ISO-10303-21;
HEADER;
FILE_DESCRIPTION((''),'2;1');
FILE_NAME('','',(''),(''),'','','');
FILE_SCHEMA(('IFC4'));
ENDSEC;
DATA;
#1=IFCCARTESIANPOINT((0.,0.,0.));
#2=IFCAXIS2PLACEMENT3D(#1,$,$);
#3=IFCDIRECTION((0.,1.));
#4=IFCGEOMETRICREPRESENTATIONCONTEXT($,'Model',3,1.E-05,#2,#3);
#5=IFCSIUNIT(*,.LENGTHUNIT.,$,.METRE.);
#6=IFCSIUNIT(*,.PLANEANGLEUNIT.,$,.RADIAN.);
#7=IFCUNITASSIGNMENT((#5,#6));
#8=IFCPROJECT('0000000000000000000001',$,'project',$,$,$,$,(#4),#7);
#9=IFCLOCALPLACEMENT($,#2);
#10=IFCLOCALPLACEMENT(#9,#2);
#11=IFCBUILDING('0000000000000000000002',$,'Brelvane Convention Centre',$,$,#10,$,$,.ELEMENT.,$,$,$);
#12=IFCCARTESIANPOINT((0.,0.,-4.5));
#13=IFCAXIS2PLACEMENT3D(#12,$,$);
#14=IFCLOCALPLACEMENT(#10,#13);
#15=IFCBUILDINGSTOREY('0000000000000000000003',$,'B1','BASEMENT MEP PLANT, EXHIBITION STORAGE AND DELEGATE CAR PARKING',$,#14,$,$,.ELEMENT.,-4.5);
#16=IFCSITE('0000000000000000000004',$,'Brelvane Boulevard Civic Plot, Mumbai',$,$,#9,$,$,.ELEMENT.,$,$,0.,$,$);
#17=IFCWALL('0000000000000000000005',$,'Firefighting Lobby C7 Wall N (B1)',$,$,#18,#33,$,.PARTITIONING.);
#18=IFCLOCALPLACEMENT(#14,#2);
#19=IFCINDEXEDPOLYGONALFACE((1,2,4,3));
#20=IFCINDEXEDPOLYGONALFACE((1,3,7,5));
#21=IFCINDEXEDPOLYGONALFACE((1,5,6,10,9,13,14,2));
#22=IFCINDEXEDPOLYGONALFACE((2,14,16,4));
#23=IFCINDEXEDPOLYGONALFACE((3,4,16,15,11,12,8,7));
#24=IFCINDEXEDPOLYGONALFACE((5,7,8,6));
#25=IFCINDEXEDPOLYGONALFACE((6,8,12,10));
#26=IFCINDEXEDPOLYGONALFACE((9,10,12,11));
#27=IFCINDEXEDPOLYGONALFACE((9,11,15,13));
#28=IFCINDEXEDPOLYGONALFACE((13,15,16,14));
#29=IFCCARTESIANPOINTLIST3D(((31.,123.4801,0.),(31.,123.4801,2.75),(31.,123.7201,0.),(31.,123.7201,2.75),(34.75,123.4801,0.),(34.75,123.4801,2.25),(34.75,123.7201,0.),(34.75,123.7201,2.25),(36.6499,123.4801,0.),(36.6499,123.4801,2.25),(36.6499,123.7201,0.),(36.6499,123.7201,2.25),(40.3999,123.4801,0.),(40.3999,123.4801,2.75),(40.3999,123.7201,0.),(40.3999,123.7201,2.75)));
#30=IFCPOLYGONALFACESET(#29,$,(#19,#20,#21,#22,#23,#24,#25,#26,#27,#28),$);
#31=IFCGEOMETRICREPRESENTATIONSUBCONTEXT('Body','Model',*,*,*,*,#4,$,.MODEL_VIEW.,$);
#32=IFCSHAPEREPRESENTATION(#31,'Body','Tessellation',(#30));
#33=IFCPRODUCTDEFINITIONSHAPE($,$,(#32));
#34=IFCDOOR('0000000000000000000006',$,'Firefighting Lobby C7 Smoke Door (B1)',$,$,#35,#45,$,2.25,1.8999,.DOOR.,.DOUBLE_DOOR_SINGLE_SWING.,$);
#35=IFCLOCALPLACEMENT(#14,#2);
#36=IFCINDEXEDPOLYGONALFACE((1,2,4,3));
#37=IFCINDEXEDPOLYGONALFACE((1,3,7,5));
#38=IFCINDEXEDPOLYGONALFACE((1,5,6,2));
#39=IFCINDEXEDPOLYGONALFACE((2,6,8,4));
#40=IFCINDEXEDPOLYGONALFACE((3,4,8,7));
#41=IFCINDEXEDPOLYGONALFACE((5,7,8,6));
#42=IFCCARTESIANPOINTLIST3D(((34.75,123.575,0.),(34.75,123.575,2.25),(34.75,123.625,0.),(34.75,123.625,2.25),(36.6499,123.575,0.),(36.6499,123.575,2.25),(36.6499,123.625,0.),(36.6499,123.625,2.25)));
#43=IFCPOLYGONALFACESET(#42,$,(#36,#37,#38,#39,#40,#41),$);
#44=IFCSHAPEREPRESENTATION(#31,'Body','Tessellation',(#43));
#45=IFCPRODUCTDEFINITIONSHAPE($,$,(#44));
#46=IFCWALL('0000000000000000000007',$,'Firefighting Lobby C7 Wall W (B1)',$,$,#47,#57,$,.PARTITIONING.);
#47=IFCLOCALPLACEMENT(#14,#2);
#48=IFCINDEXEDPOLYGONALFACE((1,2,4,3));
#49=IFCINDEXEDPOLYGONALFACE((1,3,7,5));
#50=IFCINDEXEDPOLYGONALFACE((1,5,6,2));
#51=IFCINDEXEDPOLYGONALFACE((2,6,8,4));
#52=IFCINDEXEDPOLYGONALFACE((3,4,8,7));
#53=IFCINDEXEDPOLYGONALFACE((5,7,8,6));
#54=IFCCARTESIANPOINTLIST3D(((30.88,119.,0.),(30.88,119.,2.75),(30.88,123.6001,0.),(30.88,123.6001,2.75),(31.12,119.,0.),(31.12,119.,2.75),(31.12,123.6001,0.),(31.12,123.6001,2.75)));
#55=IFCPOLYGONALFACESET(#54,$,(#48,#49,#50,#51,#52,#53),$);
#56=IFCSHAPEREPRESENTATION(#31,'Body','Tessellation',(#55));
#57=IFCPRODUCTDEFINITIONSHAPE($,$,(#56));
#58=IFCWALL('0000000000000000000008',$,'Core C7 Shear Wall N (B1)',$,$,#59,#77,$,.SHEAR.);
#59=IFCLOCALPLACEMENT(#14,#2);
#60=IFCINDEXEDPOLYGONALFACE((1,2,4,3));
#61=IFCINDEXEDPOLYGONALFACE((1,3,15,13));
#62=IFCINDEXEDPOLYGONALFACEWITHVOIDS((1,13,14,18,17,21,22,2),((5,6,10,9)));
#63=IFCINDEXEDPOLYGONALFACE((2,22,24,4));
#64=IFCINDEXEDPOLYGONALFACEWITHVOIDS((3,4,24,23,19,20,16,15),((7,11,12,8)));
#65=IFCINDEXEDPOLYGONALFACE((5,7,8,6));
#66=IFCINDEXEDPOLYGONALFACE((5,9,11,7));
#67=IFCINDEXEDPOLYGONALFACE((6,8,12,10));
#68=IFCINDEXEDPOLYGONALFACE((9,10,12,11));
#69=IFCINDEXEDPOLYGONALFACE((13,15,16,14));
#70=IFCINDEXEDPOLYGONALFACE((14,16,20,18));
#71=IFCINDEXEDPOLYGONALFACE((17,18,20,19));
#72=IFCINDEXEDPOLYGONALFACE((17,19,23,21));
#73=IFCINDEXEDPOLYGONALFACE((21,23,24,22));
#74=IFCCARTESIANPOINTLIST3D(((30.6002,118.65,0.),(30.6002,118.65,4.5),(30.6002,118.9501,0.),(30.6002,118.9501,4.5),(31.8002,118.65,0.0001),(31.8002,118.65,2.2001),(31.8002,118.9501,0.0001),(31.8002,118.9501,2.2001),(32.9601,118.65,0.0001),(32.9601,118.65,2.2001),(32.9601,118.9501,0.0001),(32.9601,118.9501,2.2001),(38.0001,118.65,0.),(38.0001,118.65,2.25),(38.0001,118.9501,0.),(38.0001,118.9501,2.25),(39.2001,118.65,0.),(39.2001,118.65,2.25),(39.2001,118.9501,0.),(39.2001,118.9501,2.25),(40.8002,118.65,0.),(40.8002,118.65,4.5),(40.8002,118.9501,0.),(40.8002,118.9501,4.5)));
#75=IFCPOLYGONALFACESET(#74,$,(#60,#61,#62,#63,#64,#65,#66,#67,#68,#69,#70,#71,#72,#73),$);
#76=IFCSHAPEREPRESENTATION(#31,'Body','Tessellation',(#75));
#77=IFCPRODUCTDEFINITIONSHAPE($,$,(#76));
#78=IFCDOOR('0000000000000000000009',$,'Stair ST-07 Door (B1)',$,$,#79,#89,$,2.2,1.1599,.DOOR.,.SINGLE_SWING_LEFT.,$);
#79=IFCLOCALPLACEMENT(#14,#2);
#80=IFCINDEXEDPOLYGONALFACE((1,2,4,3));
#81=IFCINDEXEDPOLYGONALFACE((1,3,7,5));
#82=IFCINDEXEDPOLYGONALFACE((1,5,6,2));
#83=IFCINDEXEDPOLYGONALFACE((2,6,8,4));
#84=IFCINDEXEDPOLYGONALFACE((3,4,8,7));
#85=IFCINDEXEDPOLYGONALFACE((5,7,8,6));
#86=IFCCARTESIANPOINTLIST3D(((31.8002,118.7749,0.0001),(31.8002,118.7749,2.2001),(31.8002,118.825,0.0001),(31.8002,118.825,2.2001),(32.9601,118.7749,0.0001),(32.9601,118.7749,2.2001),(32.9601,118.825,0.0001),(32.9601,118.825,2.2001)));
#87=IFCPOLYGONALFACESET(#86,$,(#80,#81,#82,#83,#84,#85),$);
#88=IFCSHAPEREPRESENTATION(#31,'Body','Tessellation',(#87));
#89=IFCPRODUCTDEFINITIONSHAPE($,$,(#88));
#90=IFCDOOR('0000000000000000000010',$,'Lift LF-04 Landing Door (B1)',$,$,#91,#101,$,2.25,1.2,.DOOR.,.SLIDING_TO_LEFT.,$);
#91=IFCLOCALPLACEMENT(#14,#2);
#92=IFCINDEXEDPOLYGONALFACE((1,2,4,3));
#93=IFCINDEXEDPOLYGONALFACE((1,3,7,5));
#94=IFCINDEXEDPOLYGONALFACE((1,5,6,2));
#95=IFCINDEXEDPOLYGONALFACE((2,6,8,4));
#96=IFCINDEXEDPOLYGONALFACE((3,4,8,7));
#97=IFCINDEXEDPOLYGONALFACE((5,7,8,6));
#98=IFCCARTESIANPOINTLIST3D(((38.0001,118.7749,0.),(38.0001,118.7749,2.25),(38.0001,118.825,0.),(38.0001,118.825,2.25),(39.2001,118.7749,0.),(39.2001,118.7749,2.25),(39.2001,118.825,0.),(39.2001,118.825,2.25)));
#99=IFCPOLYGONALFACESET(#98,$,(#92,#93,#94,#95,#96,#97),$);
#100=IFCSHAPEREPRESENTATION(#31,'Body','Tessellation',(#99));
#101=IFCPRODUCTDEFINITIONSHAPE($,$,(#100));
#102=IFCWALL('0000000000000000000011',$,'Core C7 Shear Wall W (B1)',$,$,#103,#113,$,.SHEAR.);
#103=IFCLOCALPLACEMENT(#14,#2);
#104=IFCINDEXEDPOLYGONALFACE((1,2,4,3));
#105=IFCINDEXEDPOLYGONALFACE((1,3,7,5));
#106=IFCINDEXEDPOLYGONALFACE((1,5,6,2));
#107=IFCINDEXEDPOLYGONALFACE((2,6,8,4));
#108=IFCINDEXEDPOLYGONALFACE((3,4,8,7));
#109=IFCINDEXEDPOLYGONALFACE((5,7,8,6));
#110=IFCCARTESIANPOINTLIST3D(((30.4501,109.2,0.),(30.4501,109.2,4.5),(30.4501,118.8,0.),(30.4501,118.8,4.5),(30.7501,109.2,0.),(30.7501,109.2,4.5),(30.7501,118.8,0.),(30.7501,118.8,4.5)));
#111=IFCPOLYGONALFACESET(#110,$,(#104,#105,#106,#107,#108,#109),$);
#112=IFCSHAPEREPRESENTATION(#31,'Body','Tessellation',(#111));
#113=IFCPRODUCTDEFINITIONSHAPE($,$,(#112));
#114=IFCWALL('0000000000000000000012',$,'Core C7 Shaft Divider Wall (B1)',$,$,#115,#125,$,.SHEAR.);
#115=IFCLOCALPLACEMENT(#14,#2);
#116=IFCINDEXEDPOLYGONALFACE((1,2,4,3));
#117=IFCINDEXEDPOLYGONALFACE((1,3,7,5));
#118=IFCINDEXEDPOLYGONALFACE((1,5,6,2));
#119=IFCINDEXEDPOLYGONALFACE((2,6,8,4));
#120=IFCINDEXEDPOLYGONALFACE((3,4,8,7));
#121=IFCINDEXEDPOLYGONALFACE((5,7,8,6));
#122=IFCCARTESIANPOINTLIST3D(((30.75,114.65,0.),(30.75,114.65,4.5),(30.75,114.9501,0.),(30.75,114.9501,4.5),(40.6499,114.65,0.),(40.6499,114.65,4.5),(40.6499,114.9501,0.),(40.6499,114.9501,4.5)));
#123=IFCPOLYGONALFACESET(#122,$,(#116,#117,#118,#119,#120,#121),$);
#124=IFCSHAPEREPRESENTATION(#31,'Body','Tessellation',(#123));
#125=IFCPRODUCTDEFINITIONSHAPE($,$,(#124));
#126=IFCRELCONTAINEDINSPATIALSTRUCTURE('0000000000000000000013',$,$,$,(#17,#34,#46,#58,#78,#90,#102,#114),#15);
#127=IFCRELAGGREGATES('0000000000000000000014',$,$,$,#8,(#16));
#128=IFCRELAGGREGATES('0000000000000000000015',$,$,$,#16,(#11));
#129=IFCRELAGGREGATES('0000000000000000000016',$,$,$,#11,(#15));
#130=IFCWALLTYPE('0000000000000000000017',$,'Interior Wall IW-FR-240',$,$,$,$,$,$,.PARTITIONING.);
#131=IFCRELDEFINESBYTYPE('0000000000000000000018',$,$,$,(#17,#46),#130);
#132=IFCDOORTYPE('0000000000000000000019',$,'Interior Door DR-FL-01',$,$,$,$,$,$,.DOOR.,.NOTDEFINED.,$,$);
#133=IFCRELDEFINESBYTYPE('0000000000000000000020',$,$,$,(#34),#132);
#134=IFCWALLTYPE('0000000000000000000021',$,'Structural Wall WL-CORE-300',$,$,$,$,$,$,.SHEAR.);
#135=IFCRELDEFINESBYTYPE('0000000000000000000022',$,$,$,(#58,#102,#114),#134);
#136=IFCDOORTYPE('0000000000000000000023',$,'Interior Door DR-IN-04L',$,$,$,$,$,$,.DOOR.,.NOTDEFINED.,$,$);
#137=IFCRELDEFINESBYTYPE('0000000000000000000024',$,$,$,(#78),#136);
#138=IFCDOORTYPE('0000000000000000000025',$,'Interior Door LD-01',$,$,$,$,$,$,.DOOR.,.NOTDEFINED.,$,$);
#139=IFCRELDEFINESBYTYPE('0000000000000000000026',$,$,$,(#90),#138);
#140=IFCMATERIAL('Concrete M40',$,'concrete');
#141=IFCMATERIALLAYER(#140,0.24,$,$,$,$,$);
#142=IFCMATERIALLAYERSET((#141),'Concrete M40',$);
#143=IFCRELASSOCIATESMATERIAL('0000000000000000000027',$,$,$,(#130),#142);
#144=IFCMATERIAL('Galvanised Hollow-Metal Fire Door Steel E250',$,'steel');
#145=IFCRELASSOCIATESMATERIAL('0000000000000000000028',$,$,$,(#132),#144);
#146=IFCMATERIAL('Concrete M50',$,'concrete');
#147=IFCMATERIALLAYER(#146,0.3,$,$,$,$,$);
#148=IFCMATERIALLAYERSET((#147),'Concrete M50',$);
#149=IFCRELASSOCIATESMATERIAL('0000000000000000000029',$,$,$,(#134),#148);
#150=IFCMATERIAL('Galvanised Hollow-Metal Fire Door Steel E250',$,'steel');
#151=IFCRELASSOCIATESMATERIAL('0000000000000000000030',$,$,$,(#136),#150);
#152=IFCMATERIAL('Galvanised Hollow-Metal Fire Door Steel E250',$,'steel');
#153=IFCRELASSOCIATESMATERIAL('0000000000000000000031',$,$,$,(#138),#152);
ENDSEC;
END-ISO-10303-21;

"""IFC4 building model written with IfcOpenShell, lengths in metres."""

from ifc_helpers import new_model, si_unit, direction, frame, frame_2d, origin, place, context, subcontext, project, spatial, rectangle, extrude, material, layer, layer_set, type_object, element, fill, save


model = new_model("IFC4")

# Units and contexts
model_context = context("Model", 3, precision=1e-05, world=origin(), true_north=direction((0.0, 1.0)))
body_context = subcontext(model_context, "Body", "Model", "MODEL_VIEW")
ifc_project = project(units=[si_unit("LENGTHUNIT", "METRE"), si_unit("PLANEANGLEUNIT", "RADIAN")], contexts=[model_context])

# Site, building, storey
site_placement = place(None, origin())
site = spatial("IfcSite", under=ifc_project, at=site_placement, Name="Brelvane Boulevard Civic Plot, Mumbai", CompositionType="ELEMENT", RefElevation=0.0)
building_placement = place(site_placement, origin())
building = spatial("IfcBuilding", under=site, at=building_placement, Name="Brelvane Convention Centre", CompositionType="ELEMENT")
storey_placement = place(building_placement, frame((0.0, 0.0, -4.5)))
storey = spatial("IfcBuildingStorey", under=building, at=storey_placement, Name="B1", Description="BASEMENT MEP PLANT, EXHIBITION STORAGE AND DELEGATE CAR PARKING", CompositionType="ELEMENT", Elevation=-4.5)

# Wall, opening, door
ifc_material_1 = material(Name="Concrete M40", Category="concrete")
ifc_layer_1 = layer(ifc_material_1, 0.24)
ifc_layer_set_1 = layer_set([ifc_layer_1], Name="Concrete M40")
wall_type_1 = type_object("IfcWallType", Name="Interior Wall IW-FR-240", PredefinedType="PARTITIONING", material=ifc_layer_set_1)
wall_1_placement = place(storey_placement, frame((31.0, 123.6001, 0.0), z_axis=(0.0, 0.0, 1.0), x_axis=(1.0, 0.0, 0.0)))
wall_1 = element("IfcWall", 1, at=wall_1_placement, inside=storey, type_object=wall_type_1, Name="Firefighting Lobby C7 Wall N (B1)", PredefinedType="PARTITIONING", context=body_context, shape_type="SweptSolid", body=[
    extrude(rectangle(XDim=9.3999, YDim=0.24, at=frame_2d((4.7, 0.0))), origin(), (0.0, 0.0, 1.0), 2.75),
])
opening_1_placement = place(wall_1_placement, frame((3.75, 0.0, 0.0)))
opening_1 = element("IfcOpeningElement", 2, at=opening_1_placement, cuts=wall_1, PredefinedType="OPENING", context=body_context, shape_type="SweptSolid", body=[
    extrude(rectangle(XDim=1.8999, YDim=2.25, at=frame_2d((0.95, 1.125))), frame((0.0, 0.1299, 0.0), z_axis=(0.0, -1.0, 0.0), x_axis=(1.0, 0.0, 0.0)), (0.0, 0.0, 1.0), 0.26),
])
ifc_material_2 = material(Name="Galvanised Hollow-Metal Fire Door Steel E250", Category="steel")
door_type_1 = type_object("IfcDoorType", Name="Interior Door DR-FL-01", OperationType="NOTDEFINED", PredefinedType="DOOR", material=ifc_material_2)
door_1_placement = place(opening_1_placement, origin())
door_1 = element("IfcDoor", 3, at=door_1_placement, inside=storey, type_object=door_type_1, Name="Firefighting Lobby C7 Smoke Door (B1)", OperationType="DOUBLE_DOOR_SINGLE_SWING", OverallHeight=2.25, OverallWidth=1.8999, PredefinedType="DOOR", context=body_context, shape_type="SweptSolid", body=[
    extrude(rectangle(XDim=1.8999, YDim=2.25, at=frame_2d((0.95, 1.125))), frame((0.0, 0.0249, 0.0), z_axis=(0.0, -1.0, 0.0), x_axis=(1.0, 0.0, 0.0)), (0.0, 0.0, 1.0), 0.05),
])
fill(opening_1, door_1)

# Wall
wall_2_placement = place(storey_placement, frame((31.0, 119.0, 0.0), z_axis=(0.0, 0.0, 1.0), x_axis=(0.0, 1.0, 0.0)))
element("IfcWall", 4, at=wall_2_placement, inside=storey, type_object=wall_type_1, Name="Firefighting Lobby C7 Wall W (B1)", PredefinedType="PARTITIONING", context=body_context, shape_type="SweptSolid", body=[
    extrude(rectangle(XDim=4.6001, YDim=0.24, at=frame_2d((2.3, 0.0))), origin(), (0.0, 0.0, 1.0), 2.75),
])

# Wall, openings, doors
ifc_material_3 = material(Name="Concrete M50", Category="concrete")
ifc_layer_2 = layer(ifc_material_3, 0.3)
ifc_layer_set_2 = layer_set([ifc_layer_2], Name="Concrete M50")
wall_type_2 = type_object("IfcWallType", Name="Structural Wall WL-CORE-300", PredefinedType="SHEAR", material=ifc_layer_set_2)
wall_3_placement = place(storey_placement, frame((30.6001, 118.8, 0.0), z_axis=(0.0, 0.0, 1.0), x_axis=(1.0, 0.0, 0.0)))
wall_3 = element("IfcWall", 5, at=wall_3_placement, inside=storey, type_object=wall_type_2, Name="Core C7 Shear Wall N (B1)", PredefinedType="SHEAR", context=body_context, shape_type="SweptSolid", body=[
    extrude(rectangle(XDim=10.2, YDim=0.3, at=frame_2d((5.1001, 0.0))), origin(), (0.0, 0.0, 1.0), 4.5),
])
opening_2_placement = place(wall_3_placement, frame((1.2, 0.0, 0.0)))
opening_2 = element("IfcOpeningElement", 6, at=opening_2_placement, cuts=wall_3, PredefinedType="OPENING", context=body_context, shape_type="SweptSolid", body=[
    extrude(rectangle(XDim=1.1599, YDim=2.2, at=frame_2d((0.5801, 1.1001))), frame((0.0, 0.1599, 0.0), z_axis=(0.0, -1.0, 0.0), x_axis=(1.0, 0.0, 0.0)), (0.0, 0.0, 1.0), 0.3201),
])
opening_3_placement = place(wall_3_placement, frame((7.3999, 0.0, 0.0)))
opening_3 = element("IfcOpeningElement", 7, at=opening_3_placement, cuts=wall_3, PredefinedType="OPENING", context=body_context, shape_type="SweptSolid", body=[
    extrude(rectangle(XDim=1.2, YDim=2.25, at=frame_2d((0.6001, 1.125))), frame((0.0, 0.1599, 0.0), z_axis=(0.0, -1.0, 0.0), x_axis=(1.0, 0.0, 0.0)), (0.0, 0.0, 1.0), 0.3201),
])
ifc_material_4 = material(Name="Galvanised Hollow-Metal Fire Door Steel E250", Category="steel")
door_type_2 = type_object("IfcDoorType", Name="Interior Door DR-IN-04L", OperationType="NOTDEFINED", PredefinedType="DOOR", material=ifc_material_4)
door_2_placement = place(opening_2_placement, origin())
door_2 = element("IfcDoor", 8, at=door_2_placement, inside=storey, type_object=door_type_2, Name="Stair ST-07 Door (B1)", OperationType="SINGLE_SWING_LEFT", OverallHeight=2.2, OverallWidth=1.1599, PredefinedType="DOOR", context=body_context, shape_type="SweptSolid", body=[
    extrude(rectangle(XDim=1.1599, YDim=2.2, at=frame_2d((0.5801, 1.1001))), frame((0.0, 0.0249, 0.0), z_axis=(0.0, -1.0, 0.0), x_axis=(1.0, 0.0, 0.0)), (0.0, 0.0, 1.0), 0.05),
])
fill(opening_2, door_2)
ifc_material_5 = material(Name="Galvanised Hollow-Metal Fire Door Steel E250", Category="steel")
door_type_3 = type_object("IfcDoorType", Name="Interior Door LD-01", OperationType="NOTDEFINED", PredefinedType="DOOR", material=ifc_material_5)
door_3_placement = place(opening_3_placement, origin())
door_3 = element("IfcDoor", 9, at=door_3_placement, inside=storey, type_object=door_type_3, Name="Lift LF-04 Landing Door (B1)", OperationType="SLIDING_TO_LEFT", OverallHeight=2.25, OverallWidth=1.2, PredefinedType="DOOR", context=body_context, shape_type="SweptSolid", body=[
    extrude(rectangle(XDim=1.2, YDim=2.25, at=frame_2d((0.6001, 1.125))), frame((0.0, 0.0249, 0.0), z_axis=(0.0, -1.0, 0.0), x_axis=(1.0, 0.0, 0.0)), (0.0, 0.0, 1.0), 0.05),
])
fill(opening_3, door_3)

# Walls
wall_4_placement = place(storey_placement, frame((30.6001, 109.2, 0.0), z_axis=(0.0, 0.0, 1.0), x_axis=(0.0, 1.0, 0.0)))
element("IfcWall", 10, at=wall_4_placement, inside=storey, type_object=wall_type_2, Name="Core C7 Shear Wall W (B1)", PredefinedType="SHEAR", context=body_context, shape_type="SweptSolid", body=[
    extrude(rectangle(XDim=9.6001, YDim=0.3, at=frame_2d((4.8, 0.0))), origin(), (0.0, 0.0, 1.0), 4.5),
])
wall_5_placement = place(storey_placement, frame((30.75, 114.8, 0.0), z_axis=(0.0, 0.0, 1.0), x_axis=(1.0, 0.0, 0.0)))
element("IfcWall", 11, at=wall_5_placement, inside=storey, type_object=wall_type_2, Name="Core C7 Shaft Divider Wall (B1)", PredefinedType="SHEAR", context=body_context, shape_type="SweptSolid", body=[
    extrude(rectangle(XDim=9.8999, YDim=0.3, at=frame_2d((4.95, 0.0))), origin(), (0.0, 0.0, 1.0), 4.5),
])

save(model, "model.ifc")
